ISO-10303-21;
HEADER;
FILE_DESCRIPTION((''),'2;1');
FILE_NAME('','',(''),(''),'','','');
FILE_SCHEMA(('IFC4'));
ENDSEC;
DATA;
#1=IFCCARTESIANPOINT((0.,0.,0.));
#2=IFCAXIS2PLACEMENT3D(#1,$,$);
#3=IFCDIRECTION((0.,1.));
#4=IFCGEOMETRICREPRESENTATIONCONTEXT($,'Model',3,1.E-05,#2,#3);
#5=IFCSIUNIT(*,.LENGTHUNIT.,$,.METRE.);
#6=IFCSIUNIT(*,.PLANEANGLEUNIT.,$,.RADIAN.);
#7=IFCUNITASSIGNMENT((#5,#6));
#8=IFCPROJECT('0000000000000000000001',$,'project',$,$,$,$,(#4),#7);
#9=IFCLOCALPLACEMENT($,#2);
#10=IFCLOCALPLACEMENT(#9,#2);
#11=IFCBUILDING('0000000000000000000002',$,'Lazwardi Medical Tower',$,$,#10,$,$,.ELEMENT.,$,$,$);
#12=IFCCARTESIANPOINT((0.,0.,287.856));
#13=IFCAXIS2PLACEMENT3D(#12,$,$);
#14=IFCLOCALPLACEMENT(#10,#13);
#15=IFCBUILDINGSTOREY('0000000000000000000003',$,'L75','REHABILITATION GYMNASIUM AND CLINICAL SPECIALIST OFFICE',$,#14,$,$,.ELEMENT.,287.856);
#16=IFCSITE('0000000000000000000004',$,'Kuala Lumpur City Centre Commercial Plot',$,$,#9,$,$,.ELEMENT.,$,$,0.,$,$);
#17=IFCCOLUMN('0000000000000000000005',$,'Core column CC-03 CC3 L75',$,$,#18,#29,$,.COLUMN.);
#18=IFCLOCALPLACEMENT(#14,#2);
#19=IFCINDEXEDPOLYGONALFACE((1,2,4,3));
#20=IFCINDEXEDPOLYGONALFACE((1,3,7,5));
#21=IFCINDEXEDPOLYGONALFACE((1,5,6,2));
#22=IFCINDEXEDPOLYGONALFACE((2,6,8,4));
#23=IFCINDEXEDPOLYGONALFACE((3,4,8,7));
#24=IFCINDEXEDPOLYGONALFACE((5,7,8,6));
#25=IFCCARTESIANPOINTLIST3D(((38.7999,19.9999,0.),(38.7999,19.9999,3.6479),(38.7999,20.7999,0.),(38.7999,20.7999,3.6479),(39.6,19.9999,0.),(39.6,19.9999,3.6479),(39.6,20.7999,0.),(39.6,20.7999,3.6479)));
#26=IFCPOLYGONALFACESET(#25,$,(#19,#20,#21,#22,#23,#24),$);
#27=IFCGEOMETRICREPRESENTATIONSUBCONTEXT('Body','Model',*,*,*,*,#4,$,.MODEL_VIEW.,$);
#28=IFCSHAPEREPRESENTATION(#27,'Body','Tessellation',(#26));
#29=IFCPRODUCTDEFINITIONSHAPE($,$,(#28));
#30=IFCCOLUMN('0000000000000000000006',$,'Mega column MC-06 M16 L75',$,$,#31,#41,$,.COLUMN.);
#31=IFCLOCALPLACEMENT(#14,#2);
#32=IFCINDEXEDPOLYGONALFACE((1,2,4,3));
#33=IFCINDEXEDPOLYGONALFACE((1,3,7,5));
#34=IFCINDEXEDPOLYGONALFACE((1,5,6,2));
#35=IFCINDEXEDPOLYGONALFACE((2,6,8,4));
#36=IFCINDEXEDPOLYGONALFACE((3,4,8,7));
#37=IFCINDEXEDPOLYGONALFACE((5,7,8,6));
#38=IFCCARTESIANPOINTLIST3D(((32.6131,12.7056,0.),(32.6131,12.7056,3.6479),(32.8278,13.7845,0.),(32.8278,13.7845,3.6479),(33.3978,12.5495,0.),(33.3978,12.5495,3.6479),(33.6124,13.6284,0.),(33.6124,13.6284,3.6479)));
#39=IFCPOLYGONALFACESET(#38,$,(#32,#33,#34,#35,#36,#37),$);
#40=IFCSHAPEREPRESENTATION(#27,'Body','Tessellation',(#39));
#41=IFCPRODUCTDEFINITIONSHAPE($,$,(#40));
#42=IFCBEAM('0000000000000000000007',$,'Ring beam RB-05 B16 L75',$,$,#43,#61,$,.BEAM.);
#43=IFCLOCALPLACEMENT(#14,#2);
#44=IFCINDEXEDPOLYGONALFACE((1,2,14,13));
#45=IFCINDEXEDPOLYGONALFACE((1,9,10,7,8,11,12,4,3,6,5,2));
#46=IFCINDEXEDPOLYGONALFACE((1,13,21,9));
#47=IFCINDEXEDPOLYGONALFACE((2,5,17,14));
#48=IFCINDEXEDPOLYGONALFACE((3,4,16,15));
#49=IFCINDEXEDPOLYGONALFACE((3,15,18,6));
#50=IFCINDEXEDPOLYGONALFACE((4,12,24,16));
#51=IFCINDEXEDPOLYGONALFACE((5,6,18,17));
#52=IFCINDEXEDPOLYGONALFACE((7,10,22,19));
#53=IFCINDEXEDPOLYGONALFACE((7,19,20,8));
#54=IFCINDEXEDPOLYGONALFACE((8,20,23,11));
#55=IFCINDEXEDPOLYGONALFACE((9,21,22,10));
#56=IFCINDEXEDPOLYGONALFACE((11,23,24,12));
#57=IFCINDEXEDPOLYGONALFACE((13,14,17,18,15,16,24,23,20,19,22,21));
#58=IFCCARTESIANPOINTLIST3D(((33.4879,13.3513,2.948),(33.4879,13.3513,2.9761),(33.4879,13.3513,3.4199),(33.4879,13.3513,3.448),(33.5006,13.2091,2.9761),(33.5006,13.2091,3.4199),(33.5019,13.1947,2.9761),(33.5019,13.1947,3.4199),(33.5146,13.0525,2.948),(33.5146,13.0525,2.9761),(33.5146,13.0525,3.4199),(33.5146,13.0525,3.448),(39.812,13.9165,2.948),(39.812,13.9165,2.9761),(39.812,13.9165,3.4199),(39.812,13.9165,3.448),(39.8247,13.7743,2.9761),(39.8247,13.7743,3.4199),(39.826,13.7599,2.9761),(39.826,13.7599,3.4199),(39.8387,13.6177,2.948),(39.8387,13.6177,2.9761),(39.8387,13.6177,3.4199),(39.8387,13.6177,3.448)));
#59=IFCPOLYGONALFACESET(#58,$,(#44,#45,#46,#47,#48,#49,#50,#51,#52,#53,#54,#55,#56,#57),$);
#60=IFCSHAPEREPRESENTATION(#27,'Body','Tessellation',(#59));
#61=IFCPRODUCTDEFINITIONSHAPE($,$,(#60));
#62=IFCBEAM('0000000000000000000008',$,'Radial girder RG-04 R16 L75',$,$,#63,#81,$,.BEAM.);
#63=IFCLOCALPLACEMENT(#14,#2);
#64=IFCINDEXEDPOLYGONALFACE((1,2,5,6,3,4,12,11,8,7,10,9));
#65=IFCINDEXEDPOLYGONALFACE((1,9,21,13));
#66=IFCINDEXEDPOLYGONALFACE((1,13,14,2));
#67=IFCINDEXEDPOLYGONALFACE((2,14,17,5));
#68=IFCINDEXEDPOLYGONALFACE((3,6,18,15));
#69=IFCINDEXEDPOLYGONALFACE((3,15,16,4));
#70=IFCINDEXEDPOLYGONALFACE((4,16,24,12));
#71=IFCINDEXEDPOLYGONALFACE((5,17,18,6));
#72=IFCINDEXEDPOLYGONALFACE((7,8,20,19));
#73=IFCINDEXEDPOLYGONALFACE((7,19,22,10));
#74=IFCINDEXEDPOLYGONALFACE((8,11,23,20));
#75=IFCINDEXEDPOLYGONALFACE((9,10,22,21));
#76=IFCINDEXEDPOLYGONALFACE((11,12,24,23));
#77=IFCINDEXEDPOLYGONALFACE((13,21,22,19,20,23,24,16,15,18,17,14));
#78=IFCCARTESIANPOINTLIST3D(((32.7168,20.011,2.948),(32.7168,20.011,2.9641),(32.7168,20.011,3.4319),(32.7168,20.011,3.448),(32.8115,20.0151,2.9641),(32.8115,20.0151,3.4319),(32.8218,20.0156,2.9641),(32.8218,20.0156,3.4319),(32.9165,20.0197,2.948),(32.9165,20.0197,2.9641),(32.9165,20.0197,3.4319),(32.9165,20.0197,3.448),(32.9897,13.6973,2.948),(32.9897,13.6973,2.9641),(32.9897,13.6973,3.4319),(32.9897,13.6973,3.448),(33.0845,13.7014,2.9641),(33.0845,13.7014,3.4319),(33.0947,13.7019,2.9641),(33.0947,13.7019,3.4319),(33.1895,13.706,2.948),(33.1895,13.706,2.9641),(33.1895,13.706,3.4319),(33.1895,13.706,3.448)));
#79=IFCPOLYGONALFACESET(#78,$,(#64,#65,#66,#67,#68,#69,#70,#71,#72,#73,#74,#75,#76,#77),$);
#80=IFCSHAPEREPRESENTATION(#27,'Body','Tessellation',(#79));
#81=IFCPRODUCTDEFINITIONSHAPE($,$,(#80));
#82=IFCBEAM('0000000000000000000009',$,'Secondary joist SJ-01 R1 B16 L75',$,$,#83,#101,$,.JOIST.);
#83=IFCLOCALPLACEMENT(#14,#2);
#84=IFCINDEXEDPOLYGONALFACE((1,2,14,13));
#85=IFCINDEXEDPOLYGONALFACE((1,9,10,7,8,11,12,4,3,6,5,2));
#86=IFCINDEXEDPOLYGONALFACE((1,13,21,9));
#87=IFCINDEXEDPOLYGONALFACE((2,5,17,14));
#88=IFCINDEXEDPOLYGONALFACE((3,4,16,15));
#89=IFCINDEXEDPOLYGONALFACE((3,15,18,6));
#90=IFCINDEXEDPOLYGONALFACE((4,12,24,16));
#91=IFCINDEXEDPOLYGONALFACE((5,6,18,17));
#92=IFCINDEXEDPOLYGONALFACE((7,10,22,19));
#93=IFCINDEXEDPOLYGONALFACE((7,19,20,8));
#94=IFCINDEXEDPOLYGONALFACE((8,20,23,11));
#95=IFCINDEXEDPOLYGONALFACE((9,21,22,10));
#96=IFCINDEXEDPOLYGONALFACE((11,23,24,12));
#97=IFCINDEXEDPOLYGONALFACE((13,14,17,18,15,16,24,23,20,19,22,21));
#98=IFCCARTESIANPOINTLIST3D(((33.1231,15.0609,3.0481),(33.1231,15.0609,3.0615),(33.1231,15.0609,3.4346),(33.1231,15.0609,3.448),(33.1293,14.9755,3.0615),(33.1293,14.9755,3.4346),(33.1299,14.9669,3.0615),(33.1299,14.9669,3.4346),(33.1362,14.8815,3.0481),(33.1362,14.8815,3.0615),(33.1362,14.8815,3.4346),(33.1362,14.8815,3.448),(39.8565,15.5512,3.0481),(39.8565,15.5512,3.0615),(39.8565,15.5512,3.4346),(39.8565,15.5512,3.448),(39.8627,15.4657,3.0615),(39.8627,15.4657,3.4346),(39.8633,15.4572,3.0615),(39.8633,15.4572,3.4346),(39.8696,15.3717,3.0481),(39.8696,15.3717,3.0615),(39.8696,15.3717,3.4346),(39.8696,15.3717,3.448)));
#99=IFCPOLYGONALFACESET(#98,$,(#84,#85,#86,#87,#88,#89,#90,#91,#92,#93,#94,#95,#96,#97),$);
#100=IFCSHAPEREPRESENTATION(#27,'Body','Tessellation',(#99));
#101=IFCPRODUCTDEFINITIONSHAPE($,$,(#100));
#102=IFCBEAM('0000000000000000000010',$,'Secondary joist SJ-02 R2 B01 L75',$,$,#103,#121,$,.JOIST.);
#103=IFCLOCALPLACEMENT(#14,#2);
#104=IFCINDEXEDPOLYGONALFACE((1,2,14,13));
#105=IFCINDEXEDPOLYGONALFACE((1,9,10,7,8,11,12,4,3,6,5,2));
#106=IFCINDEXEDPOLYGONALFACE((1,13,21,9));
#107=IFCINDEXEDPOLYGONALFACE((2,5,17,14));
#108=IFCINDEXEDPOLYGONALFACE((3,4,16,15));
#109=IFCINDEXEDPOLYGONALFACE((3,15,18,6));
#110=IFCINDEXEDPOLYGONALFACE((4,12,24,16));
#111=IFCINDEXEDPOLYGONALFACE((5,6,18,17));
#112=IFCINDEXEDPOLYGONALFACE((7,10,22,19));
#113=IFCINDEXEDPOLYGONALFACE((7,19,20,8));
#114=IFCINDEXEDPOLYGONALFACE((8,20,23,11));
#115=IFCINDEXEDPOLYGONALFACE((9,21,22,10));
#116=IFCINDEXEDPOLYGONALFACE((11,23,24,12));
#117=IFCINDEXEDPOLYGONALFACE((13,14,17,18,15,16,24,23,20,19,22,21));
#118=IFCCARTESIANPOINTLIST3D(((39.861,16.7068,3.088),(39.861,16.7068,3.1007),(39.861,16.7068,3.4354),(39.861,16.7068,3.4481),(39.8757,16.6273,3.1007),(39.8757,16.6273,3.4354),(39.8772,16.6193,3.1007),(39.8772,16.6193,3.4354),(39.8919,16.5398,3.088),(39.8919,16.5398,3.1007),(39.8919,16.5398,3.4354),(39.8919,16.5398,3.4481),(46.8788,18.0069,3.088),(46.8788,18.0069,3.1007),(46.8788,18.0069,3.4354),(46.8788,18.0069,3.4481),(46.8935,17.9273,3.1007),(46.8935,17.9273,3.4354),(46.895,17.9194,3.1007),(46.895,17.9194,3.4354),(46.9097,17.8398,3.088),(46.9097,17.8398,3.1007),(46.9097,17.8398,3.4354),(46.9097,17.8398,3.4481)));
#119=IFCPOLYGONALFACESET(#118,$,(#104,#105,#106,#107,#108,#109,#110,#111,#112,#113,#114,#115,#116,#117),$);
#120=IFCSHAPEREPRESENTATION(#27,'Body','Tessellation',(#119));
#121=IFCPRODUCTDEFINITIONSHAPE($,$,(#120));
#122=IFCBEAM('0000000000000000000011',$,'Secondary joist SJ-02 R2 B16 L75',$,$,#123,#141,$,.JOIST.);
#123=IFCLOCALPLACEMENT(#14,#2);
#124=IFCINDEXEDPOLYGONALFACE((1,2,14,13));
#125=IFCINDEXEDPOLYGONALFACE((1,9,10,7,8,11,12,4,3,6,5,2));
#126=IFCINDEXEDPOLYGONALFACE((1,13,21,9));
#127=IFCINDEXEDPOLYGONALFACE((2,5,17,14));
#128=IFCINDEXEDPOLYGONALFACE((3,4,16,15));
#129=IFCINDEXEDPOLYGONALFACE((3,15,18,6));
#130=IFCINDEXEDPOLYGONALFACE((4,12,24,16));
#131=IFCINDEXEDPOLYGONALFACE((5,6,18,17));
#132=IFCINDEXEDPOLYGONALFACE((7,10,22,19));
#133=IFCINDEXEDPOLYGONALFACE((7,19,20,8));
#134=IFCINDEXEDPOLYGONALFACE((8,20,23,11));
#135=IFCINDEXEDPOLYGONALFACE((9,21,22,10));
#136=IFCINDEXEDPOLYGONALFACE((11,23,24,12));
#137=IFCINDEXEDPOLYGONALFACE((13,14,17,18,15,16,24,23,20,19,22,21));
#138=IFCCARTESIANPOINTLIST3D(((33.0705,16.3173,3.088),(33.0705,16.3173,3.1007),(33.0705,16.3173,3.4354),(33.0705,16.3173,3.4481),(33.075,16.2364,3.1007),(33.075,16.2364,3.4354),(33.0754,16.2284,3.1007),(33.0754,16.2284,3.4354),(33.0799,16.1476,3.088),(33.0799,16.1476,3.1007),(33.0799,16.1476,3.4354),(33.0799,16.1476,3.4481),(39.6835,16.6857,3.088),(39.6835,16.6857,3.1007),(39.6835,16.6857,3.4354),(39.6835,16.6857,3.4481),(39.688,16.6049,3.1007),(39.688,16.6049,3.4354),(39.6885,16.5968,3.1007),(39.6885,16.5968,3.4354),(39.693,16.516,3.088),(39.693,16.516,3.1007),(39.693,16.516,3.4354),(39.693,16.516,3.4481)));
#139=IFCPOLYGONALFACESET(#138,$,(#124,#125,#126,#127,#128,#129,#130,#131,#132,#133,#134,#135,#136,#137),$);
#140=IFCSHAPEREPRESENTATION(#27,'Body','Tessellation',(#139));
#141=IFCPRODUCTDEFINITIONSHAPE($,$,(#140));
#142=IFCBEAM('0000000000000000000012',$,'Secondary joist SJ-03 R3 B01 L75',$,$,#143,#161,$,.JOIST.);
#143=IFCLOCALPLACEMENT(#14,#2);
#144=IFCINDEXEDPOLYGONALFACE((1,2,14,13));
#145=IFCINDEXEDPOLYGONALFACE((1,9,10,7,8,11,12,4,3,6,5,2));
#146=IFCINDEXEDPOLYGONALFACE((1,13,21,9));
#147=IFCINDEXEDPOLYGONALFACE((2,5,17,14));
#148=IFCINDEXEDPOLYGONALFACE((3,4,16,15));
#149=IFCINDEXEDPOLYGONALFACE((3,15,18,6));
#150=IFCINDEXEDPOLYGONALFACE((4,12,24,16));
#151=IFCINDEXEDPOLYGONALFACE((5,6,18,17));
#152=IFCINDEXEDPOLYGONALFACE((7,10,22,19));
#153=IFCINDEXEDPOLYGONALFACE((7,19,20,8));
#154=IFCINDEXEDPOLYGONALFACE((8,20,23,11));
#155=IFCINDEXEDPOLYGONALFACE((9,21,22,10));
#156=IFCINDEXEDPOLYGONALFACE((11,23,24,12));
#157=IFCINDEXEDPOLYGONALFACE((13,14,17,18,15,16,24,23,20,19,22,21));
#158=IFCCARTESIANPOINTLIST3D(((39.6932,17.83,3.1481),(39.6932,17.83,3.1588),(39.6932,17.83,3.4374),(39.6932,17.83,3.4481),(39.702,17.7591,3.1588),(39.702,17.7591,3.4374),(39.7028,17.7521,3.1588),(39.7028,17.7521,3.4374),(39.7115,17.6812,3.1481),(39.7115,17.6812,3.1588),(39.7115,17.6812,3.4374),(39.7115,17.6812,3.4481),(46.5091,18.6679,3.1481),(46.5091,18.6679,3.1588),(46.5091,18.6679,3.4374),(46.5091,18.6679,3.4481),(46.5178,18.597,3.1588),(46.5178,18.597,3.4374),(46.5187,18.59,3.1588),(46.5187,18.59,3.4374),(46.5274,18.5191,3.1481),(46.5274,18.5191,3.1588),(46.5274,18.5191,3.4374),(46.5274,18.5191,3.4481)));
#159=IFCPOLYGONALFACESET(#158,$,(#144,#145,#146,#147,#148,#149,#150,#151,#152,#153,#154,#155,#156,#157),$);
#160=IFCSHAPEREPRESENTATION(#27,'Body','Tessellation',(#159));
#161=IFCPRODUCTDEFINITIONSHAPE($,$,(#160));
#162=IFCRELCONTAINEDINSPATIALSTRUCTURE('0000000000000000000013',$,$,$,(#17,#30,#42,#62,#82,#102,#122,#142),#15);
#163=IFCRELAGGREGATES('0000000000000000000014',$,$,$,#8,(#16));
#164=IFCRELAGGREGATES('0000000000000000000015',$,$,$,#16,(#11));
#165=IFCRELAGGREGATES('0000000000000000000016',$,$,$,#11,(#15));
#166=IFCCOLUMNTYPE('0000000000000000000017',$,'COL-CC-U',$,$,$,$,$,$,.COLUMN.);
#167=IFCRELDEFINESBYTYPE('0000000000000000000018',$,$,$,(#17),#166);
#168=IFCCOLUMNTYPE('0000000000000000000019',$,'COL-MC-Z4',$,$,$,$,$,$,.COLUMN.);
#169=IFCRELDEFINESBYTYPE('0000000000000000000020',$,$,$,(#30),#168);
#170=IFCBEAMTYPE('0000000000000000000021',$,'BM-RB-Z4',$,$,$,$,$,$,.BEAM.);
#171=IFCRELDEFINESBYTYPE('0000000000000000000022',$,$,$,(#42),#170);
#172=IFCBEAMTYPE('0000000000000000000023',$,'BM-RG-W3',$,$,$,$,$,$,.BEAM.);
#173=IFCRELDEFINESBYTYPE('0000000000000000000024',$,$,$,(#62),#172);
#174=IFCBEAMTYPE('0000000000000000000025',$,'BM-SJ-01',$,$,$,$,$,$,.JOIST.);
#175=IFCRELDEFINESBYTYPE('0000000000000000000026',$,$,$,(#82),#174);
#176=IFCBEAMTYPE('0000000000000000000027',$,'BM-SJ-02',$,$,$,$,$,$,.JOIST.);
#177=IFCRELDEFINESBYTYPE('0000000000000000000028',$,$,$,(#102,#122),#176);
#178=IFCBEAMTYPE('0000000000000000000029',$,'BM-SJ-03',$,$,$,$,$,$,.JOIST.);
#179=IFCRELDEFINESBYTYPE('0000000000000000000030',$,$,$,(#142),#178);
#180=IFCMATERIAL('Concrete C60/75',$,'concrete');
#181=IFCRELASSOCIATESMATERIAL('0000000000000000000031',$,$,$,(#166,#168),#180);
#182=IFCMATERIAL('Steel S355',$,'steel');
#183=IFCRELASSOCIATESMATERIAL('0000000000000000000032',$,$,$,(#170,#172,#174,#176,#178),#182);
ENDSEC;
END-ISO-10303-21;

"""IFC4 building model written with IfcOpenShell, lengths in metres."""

from ifc_helpers import new_model, si_unit, direction, frame, origin, origin_2d, place, context, subcontext, project, spatial, rectangle, i_section, extrude, material, material_profile, profile_set, type_object, element, save


model = new_model("IFC4")

# Units and contexts
model_context = context("Model", 3, precision=1e-05, world=origin(), true_north=direction((0.0, 1.0)))
body_context = subcontext(model_context, "Body", "Model", "MODEL_VIEW")
ifc_project = project(units=[si_unit("LENGTHUNIT", "METRE"), si_unit("PLANEANGLEUNIT", "RADIAN")], contexts=[model_context])

# Site, building, storey
site_placement = place(None, origin())
site = spatial("IfcSite", under=ifc_project, at=site_placement, Name="Kuala Lumpur City Centre Commercial Plot", CompositionType="ELEMENT", RefElevation=0.0)
building_placement = place(site_placement, origin())
building = spatial("IfcBuilding", under=site, at=building_placement, Name="Lazwardi Medical Tower", CompositionType="ELEMENT")
storey_placement = place(building_placement, frame((0.0, 0.0, 287.856)))
storey = spatial("IfcBuildingStorey", under=building, at=storey_placement, Name="L75", Description="REHABILITATION GYMNASIUM AND CLINICAL SPECIALIST OFFICE", CompositionType="ELEMENT", Elevation=287.856)

# Columns
ifc_material_1 = material(Name="Concrete C60/75", Category="concrete")
ifc_material_profile_1 = material_profile(ifc_material_1, rectangle(XDim=0.8, YDim=0.8, at=origin_2d()), Name="RC 800x800")
ifc_profile_set_1 = profile_set([ifc_material_profile_1], Name="Concrete C60/75")
column_type_1 = type_object("IfcColumnType", Name="COL-CC-U", PredefinedType="COLUMN", material=ifc_profile_set_1)
column_1_placement = place(storey_placement, frame((39.2, 20.3999, 0.0), z_axis=(0.0, 0.0, 1.0), x_axis=(1.0, 0.0, 0.0)))
element("IfcColumn", 1, at=column_1_placement, inside=storey, type_object=column_type_1, Name="Core column CC-03 CC3 L75", PredefinedType="COLUMN", context=body_context, shape_type="SweptSolid", body=[
    extrude(rectangle(XDim=0.8, YDim=0.8, at=origin_2d()), origin(), (0.0, 0.0, 1.0), 3.6479),
])
ifc_material_profile_2 = material_profile(ifc_material_1, rectangle(XDim=1.1001, YDim=0.8, at=origin_2d()), Name="CFT-RECT 1100x800")
ifc_profile_set_2 = profile_set([ifc_material_profile_2], Name="Concrete C60/75")
column_type_2 = type_object("IfcColumnType", Name="COL-MC-Z4", PredefinedType="COLUMN", material=ifc_profile_set_2)
column_2_placement = place(storey_placement, frame((33.1128, 13.167, 0.0), z_axis=(0.0, 0.0, 1.0), x_axis=(-0.19509, -0.980785, 0.0)))
element("IfcColumn", 2, at=column_2_placement, inside=storey, type_object=column_type_2, Name="Mega column MC-06 M16 L75", PredefinedType="COLUMN", context=body_context, shape_type="SweptSolid", body=[
    extrude(rectangle(XDim=1.1001, YDim=0.8, at=origin_2d()), origin(), (0.0, 0.0, 1.0), 3.6479),
])

# Beams
ifc_material_2 = material(Name="Steel S355", Category="steel")
ifc_material_profile_3 = material_profile(ifc_material_2, i_section(OverallWidth=0.3, OverallDepth=0.5, WebThickness=0.0144, FlangeThickness=0.0281, at=origin_2d()), Name="HEB 500")
ifc_profile_set_3 = profile_set([ifc_material_profile_3], Name="Steel S355")
beam_type_1 = type_object("IfcBeamType", Name="BM-RB-Z4", PredefinedType="BEAM", material=ifc_profile_set_3)
beam_1_placement = place(storey_placement, frame((33.5012, 13.2019, 3.198), z_axis=(0.99603, 0.089014, 0.0), x_axis=(-0.089014, 0.99603, 0.0)))
element("IfcBeam", 3, at=beam_1_placement, inside=storey, type_object=beam_type_1, Name="Ring beam RB-05 B16 L75", PredefinedType="BEAM", context=body_context, shape_type="SweptSolid", body=[
    extrude(i_section(OverallWidth=0.3, OverallDepth=0.5, WebThickness=0.0144, FlangeThickness=0.0281, at=origin_2d()), origin(), (0.0, 0.0, 1.0), 6.3494),
])
ifc_material_profile_4 = material_profile(ifc_material_2, i_section(OverallWidth=0.2, OverallDepth=0.5, WebThickness=0.0103, FlangeThickness=0.0161, at=origin_2d()), Name="IPE 500")
ifc_profile_set_4 = profile_set([ifc_material_profile_4], Name="Steel S355")
beam_type_2 = type_object("IfcBeamType", Name="BM-RG-W3", PredefinedType="BEAM", material=ifc_profile_set_4)
beam_2_placement = place(storey_placement, frame((33.0896, 13.7017, 3.198), z_axis=(-0.043191, 0.999067, 0.0), x_axis=(-0.999067, -0.043191, 0.0)))
element("IfcBeam", 4, at=beam_2_placement, inside=storey, type_object=beam_type_2, Name="Radial girder RG-04 R16 L75", PredefinedType="BEAM", context=body_context, shape_type="SweptSolid", body=[
    extrude(i_section(OverallWidth=0.2, OverallDepth=0.5, WebThickness=0.0103, FlangeThickness=0.0161, at=origin_2d()), origin(), (0.0, 0.0, 1.0), 6.3196),
])
ifc_material_profile_5 = material_profile(ifc_material_2, i_section(OverallWidth=0.1799, OverallDepth=0.3999, WebThickness=0.0085, FlangeThickness=0.0134, at=origin_2d()), Name="IPE 400")
ifc_profile_set_5 = profile_set([ifc_material_profile_5], Name="Steel S355")
beam_type_3 = type_object("IfcBeamType", Name="BM-SJ-01", PredefinedType="JOIST", material=ifc_profile_set_5)
beam_3_placement = place(storey_placement, frame((33.1296, 14.9712, 3.248), z_axis=(0.99736, 0.072614, 0.0), x_axis=(-0.072614, 0.99736, 0.0)))
element("IfcBeam", 5, at=beam_3_placement, inside=storey, type_object=beam_type_3, Name="Secondary joist SJ-01 R1 B16 L75", PredefinedType="JOIST", context=body_context, shape_type="SweptSolid", body=[
    extrude(i_section(OverallWidth=0.1799, OverallDepth=0.3999, WebThickness=0.0085, FlangeThickness=0.0134, at=origin_2d()), origin(), (0.0, 0.0, 1.0), 6.7512),
])
ifc_material_profile_6 = material_profile(ifc_material_2, i_section(OverallWidth=0.1699, OverallDepth=0.3601, WebThickness=0.0081, FlangeThickness=0.0127, at=origin_2d()), Name="IPE 360")
ifc_profile_set_6 = profile_set([ifc_material_profile_6], Name="Steel S355")
beam_type_4 = type_object("IfcBeamType", Name="BM-SJ-02", PredefinedType="JOIST", material=ifc_profile_set_6)
beam_4_placement = place(storey_placement, frame((39.8765, 16.6233, 3.2681), z_axis=(0.983271, 0.182151, 0.0), x_axis=(-0.182151, 0.983271, 0.0)))
element("IfcBeam", 6, at=beam_4_placement, inside=storey, type_object=beam_type_4, Name="Secondary joist SJ-02 R2 B01 L75", PredefinedType="JOIST", context=body_context, shape_type="SweptSolid", body=[
    extrude(i_section(OverallWidth=0.1699, OverallDepth=0.3601, WebThickness=0.0081, FlangeThickness=0.0127, at=origin_2d()), origin(), (0.0, 0.0, 1.0), 7.1372),
])
beam_5_placement = place(storey_placement, frame((33.0752, 16.2324, 3.2681), z_axis=(0.998452, 0.055623, 0.0), x_axis=(-0.055623, 0.998452, 0.0)))
element("IfcBeam", 7, at=beam_5_placement, inside=storey, type_object=beam_type_4, Name="Secondary joist SJ-02 R2 B16 L75", PredefinedType="JOIST", context=body_context, shape_type="SweptSolid", body=[
    extrude(i_section(OverallWidth=0.1699, OverallDepth=0.3601, WebThickness=0.0081, FlangeThickness=0.0127, at=origin_2d()), origin(), (0.0, 0.0, 1.0), 6.6233),
])
ifc_material_profile_7 = material_profile(ifc_material_2, i_section(OverallWidth=0.1499, OverallDepth=0.3, WebThickness=0.0071, FlangeThickness=0.0107, at=origin_2d()), Name="IPE 300")
ifc_profile_set_7 = profile_set([ifc_material_profile_7], Name="Steel S355")
beam_type_5 = type_object("IfcBeamType", Name="BM-SJ-03", PredefinedType="JOIST", material=ifc_profile_set_7)
beam_6_placement = place(storey_placement, frame((39.7024, 17.7556, 3.2981), z_axis=(0.992529, 0.122013, 0.0), x_axis=(-0.122013, 0.992529, 0.0)))
element("IfcBeam", 8, at=beam_6_placement, inside=storey, type_object=beam_type_5, Name="Secondary joist SJ-03 R3 B01 L75", PredefinedType="JOIST", context=body_context, shape_type="SweptSolid", body=[
    extrude(i_section(OverallWidth=0.1499, OverallDepth=0.3, WebThickness=0.0071, FlangeThickness=0.0107, at=origin_2d()), origin(), (0.0, 0.0, 1.0), 6.8672),
])

save(model, "model.ifc")
